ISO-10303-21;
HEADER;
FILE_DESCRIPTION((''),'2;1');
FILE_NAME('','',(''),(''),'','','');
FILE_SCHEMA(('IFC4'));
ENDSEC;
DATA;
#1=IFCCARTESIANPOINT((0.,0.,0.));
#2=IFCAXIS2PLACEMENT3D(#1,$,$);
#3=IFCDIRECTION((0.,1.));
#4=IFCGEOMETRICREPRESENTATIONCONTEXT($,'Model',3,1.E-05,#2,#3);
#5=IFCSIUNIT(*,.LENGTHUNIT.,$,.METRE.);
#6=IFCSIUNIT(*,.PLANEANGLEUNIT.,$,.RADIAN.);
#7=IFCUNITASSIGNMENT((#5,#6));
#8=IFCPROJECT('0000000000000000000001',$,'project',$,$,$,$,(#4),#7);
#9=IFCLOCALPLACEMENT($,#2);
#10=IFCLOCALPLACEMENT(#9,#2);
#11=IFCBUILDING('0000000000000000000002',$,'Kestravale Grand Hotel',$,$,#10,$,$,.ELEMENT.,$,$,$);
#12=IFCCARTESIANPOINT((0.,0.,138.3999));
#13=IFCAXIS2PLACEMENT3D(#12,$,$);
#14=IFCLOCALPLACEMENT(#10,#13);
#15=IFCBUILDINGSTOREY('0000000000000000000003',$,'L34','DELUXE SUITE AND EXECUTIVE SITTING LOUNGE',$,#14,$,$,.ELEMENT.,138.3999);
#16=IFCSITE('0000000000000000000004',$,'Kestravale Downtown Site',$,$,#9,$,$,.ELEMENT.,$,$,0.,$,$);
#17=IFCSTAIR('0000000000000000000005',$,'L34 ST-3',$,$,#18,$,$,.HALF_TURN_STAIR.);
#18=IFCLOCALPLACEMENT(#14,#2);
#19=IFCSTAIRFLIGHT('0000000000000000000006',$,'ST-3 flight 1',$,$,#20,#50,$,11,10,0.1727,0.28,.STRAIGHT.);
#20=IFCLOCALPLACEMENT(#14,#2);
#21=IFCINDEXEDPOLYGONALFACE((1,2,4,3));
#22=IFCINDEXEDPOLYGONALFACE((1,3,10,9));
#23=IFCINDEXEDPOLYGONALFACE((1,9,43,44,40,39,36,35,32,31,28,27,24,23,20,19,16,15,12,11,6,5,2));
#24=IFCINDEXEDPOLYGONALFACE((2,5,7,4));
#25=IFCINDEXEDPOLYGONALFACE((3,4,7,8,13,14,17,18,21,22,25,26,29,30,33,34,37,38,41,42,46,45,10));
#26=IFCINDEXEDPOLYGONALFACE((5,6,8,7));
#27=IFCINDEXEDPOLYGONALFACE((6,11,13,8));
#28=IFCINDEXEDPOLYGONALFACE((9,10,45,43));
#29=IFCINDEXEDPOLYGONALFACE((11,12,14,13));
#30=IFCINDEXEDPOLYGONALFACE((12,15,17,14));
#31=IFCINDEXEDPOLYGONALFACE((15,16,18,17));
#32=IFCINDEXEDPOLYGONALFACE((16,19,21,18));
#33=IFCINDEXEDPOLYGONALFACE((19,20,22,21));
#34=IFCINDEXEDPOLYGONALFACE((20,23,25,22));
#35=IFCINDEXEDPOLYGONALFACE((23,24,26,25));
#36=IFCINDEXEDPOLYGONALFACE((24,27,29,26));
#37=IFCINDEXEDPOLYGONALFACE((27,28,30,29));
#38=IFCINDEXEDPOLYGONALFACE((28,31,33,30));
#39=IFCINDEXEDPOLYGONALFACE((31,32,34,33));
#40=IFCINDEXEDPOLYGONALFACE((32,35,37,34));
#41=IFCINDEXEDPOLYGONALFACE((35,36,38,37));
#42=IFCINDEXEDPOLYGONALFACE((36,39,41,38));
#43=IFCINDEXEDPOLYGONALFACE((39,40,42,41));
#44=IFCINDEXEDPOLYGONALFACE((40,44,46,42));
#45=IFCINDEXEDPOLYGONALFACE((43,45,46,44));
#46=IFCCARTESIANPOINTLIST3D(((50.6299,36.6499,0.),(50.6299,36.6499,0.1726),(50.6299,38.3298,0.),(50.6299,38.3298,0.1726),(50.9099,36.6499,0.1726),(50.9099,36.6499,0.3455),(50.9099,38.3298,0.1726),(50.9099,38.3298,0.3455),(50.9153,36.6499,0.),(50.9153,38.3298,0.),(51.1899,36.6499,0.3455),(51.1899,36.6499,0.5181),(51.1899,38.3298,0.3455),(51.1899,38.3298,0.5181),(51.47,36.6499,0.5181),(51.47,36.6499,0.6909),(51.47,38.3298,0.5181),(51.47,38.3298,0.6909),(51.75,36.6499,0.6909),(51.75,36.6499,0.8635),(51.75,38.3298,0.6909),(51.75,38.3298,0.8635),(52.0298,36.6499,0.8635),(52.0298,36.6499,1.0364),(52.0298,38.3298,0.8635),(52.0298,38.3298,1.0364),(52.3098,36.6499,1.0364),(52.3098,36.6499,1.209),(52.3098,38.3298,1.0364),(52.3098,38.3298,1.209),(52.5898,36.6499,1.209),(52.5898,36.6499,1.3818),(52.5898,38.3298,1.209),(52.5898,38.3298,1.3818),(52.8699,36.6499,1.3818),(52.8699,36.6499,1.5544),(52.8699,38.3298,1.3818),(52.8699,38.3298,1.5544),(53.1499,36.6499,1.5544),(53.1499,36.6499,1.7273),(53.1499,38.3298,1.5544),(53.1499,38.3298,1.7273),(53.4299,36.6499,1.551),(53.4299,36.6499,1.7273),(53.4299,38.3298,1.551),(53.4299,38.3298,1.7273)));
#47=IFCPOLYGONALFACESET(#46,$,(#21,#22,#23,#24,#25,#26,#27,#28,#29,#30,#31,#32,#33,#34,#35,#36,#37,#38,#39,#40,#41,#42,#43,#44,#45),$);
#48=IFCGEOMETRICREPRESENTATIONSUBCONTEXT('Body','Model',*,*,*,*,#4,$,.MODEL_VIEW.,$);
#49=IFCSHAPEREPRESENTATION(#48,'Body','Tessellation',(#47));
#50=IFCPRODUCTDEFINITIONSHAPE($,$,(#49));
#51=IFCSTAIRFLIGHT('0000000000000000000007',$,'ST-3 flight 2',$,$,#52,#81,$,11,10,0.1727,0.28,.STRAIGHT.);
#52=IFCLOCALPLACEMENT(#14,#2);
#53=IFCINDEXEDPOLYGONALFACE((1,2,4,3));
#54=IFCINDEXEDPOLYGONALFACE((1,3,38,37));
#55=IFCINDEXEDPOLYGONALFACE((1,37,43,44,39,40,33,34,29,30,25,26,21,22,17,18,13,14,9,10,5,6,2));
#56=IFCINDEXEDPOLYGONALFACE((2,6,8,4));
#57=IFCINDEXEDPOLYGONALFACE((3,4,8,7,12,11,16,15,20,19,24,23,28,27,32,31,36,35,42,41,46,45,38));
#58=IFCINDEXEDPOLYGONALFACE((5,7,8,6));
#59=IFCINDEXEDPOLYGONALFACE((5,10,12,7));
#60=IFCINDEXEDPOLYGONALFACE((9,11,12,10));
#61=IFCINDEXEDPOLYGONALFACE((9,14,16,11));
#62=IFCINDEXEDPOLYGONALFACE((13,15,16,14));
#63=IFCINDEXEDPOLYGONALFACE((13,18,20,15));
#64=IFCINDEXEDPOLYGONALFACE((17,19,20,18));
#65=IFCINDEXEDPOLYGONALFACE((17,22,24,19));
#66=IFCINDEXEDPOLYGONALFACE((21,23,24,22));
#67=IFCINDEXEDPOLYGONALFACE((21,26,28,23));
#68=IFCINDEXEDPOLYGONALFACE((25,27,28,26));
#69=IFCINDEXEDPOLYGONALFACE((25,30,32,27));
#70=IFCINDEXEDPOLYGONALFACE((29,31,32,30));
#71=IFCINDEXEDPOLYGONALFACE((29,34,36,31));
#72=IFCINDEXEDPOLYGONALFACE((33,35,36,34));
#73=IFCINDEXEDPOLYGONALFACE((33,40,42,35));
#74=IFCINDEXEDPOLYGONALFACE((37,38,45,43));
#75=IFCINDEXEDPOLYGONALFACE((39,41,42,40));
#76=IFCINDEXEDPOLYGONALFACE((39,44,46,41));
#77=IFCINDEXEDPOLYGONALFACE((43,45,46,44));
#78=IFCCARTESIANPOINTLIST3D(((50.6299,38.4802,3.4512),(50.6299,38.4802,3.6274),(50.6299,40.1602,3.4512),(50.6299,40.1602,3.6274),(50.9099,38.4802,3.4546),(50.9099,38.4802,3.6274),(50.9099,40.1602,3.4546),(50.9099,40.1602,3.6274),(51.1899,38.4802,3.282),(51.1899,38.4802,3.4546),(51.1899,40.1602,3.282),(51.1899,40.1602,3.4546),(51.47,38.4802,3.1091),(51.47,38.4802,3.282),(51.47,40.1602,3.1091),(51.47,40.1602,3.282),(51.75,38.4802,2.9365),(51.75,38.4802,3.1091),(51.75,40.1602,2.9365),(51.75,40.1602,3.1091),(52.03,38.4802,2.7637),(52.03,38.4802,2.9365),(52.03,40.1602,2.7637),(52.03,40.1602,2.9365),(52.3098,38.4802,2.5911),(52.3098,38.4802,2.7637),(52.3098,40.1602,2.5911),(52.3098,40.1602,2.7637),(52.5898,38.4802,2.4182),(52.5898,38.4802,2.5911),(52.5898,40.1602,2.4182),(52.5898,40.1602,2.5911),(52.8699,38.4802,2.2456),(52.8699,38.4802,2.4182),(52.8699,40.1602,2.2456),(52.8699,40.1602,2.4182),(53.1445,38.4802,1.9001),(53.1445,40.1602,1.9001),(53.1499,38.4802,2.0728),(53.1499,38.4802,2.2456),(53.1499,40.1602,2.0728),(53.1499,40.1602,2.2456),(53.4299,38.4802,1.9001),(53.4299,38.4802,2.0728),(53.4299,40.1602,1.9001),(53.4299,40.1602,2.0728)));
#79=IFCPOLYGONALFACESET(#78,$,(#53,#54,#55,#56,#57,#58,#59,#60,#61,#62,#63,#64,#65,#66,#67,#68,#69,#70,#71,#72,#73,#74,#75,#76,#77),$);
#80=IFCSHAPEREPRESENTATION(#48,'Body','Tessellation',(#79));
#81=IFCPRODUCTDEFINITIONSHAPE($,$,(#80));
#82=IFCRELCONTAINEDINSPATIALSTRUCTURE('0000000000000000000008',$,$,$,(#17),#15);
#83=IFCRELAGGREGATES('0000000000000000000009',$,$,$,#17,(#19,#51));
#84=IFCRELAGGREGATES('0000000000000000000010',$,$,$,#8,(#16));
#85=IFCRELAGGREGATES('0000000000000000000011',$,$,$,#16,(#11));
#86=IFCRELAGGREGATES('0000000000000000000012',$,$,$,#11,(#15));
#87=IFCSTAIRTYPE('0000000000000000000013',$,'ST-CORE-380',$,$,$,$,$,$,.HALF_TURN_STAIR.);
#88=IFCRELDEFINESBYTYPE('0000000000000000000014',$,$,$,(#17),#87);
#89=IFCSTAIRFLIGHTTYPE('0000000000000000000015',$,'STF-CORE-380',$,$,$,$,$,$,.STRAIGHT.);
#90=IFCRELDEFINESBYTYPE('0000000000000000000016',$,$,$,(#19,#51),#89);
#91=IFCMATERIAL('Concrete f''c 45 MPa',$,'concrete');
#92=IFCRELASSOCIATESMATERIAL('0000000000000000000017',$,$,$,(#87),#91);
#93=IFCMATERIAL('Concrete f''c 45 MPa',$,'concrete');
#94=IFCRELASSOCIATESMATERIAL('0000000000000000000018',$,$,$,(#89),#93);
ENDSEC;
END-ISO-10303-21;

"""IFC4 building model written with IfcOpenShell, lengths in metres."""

from ifc_helpers import new_model, si_unit, direction, frame, origin, place, context, subcontext, project, spatial, polyline, outline, extrude, material, type_object, element, aggregate, save


model = new_model("IFC4")

# Units and contexts
model_context = context("Model", 3, precision=1e-05, world=origin(), true_north=direction((0.0, 1.0)))
body_context = subcontext(model_context, "Body", "Model", "MODEL_VIEW")
ifc_project = project(units=[si_unit("LENGTHUNIT", "METRE"), si_unit("PLANEANGLEUNIT", "RADIAN")], contexts=[model_context])

# Site, building, storey
site_placement = place(None, origin())
site = spatial("IfcSite", under=ifc_project, at=site_placement, Name="Kestravale Downtown Site", CompositionType="ELEMENT", RefElevation=0.0)
building_placement = place(site_placement, origin())
building = spatial("IfcBuilding", under=site, at=building_placement, Name="Kestravale Grand Hotel", CompositionType="ELEMENT")
storey_placement = place(building_placement, frame((0.0, 0.0, 138.3999)))
storey = spatial("IfcBuildingStorey", under=building, at=storey_placement, Name="L34", Description="DELUXE SUITE AND EXECUTIVE SITTING LOUNGE", CompositionType="ELEMENT", Elevation=138.3999)

# Stair, stair flights
ifc_material_1 = material(Name="Concrete f'c 45 MPa", Category="concrete")
stair_type = type_object("IfcStairType", Name="ST-CORE-380", PredefinedType="HALF_TURN_STAIR", material=ifc_material_1)
stair_placement = place(storey_placement, origin())
stair = element("IfcStair", 1, at=stair_placement, inside=storey, type_object=stair_type, Name="L34 ST-3", PredefinedType="HALF_TURN_STAIR")
ifc_material_2 = material(Name="Concrete f'c 45 MPa", Category="concrete")
stair_flight_type = type_object("IfcStairFlightType", Name="STF-CORE-380", PredefinedType="STRAIGHT", material=ifc_material_2)
stair_flight_1_placement = place(storey_placement, frame((50.6299, 37.49, 0.0), z_axis=(0.0, 0.0, 1.0), x_axis=(1.0, 0.0, 0.0)))
stair_flight_1 = element("IfcStairFlight", 2, at=stair_flight_1_placement, type_object=stair_flight_type, Name="ST-3 flight 1", NumberOfRisers=11, NumberOfTreads=10, PredefinedType="STRAIGHT", RiserHeight=0.1727, TreadLength=0.28, context=body_context, shape_type="SweptSolid", body=[
    extrude(outline(polyline([(0.0, 0.0), (0.0, 0.1726), (0.28, 0.1726), (0.28, 0.3455), (0.5601, 0.3455), (0.5601, 0.5181), (0.8401, 0.5181), (0.8401, 0.6909), (1.1201, 0.6909), (1.1201, 0.8635), (1.3999, 0.8635), (1.3999, 1.0364), (1.6799, 1.0364), (1.6799, 1.209), (1.96, 1.209), (1.96, 1.3818), (2.24, 1.3818), (2.24, 1.5544), (2.52, 1.5544), (2.52, 1.7273), (2.8, 1.7273), (2.8, 1.8999), (2.8, 1.551), (0.2854, 0.0), (0.0, 0.0)])), frame((0.0, 0.8398, 0.0), z_axis=(0.0, -1.0, 0.0), x_axis=(1.0, 0.0, 0.0)), (0.0, 0.0, 1.0), 1.6799),
])
stair_flight_2_placement = place(storey_placement, frame((53.4299, 39.3201, 1.9001), z_axis=(0.0, 0.0, 1.0), x_axis=(-1.0, 0.0, 0.0)))
stair_flight_2 = element("IfcStairFlight", 3, at=stair_flight_2_placement, type_object=stair_flight_type, Name="ST-3 flight 2", NumberOfRisers=11, NumberOfTreads=10, PredefinedType="STRAIGHT", RiserHeight=0.1727, TreadLength=0.28, context=body_context, shape_type="SweptSolid", body=[
    extrude(outline(polyline([(0.0, 0.0), (0.0, 0.1726), (0.28, 0.1726), (0.28, 0.3455), (0.5601, 0.3455), (0.5601, 0.5181), (0.8401, 0.5181), (0.8401, 0.6909), (1.1201, 0.6909), (1.1201, 0.8635), (1.3999, 0.8635), (1.3999, 1.0364), (1.6799, 1.0364), (1.6799, 1.209), (1.96, 1.209), (1.96, 1.3818), (2.24, 1.3818), (2.24, 1.5544), (2.52, 1.5544), (2.52, 1.7273), (2.8, 1.7273), (2.8, 1.8999), (2.8, 1.551), (0.2854, 0.0), (0.0, 0.0)])), frame((0.0, 0.8398, 0.0), z_axis=(0.0, -1.0, 0.0), x_axis=(1.0, 0.0, 0.0)), (0.0, 0.0, 1.0), 1.6799),
])
aggregate(stair, [stair_flight_1, stair_flight_2])

save(model, "model.ifc")
